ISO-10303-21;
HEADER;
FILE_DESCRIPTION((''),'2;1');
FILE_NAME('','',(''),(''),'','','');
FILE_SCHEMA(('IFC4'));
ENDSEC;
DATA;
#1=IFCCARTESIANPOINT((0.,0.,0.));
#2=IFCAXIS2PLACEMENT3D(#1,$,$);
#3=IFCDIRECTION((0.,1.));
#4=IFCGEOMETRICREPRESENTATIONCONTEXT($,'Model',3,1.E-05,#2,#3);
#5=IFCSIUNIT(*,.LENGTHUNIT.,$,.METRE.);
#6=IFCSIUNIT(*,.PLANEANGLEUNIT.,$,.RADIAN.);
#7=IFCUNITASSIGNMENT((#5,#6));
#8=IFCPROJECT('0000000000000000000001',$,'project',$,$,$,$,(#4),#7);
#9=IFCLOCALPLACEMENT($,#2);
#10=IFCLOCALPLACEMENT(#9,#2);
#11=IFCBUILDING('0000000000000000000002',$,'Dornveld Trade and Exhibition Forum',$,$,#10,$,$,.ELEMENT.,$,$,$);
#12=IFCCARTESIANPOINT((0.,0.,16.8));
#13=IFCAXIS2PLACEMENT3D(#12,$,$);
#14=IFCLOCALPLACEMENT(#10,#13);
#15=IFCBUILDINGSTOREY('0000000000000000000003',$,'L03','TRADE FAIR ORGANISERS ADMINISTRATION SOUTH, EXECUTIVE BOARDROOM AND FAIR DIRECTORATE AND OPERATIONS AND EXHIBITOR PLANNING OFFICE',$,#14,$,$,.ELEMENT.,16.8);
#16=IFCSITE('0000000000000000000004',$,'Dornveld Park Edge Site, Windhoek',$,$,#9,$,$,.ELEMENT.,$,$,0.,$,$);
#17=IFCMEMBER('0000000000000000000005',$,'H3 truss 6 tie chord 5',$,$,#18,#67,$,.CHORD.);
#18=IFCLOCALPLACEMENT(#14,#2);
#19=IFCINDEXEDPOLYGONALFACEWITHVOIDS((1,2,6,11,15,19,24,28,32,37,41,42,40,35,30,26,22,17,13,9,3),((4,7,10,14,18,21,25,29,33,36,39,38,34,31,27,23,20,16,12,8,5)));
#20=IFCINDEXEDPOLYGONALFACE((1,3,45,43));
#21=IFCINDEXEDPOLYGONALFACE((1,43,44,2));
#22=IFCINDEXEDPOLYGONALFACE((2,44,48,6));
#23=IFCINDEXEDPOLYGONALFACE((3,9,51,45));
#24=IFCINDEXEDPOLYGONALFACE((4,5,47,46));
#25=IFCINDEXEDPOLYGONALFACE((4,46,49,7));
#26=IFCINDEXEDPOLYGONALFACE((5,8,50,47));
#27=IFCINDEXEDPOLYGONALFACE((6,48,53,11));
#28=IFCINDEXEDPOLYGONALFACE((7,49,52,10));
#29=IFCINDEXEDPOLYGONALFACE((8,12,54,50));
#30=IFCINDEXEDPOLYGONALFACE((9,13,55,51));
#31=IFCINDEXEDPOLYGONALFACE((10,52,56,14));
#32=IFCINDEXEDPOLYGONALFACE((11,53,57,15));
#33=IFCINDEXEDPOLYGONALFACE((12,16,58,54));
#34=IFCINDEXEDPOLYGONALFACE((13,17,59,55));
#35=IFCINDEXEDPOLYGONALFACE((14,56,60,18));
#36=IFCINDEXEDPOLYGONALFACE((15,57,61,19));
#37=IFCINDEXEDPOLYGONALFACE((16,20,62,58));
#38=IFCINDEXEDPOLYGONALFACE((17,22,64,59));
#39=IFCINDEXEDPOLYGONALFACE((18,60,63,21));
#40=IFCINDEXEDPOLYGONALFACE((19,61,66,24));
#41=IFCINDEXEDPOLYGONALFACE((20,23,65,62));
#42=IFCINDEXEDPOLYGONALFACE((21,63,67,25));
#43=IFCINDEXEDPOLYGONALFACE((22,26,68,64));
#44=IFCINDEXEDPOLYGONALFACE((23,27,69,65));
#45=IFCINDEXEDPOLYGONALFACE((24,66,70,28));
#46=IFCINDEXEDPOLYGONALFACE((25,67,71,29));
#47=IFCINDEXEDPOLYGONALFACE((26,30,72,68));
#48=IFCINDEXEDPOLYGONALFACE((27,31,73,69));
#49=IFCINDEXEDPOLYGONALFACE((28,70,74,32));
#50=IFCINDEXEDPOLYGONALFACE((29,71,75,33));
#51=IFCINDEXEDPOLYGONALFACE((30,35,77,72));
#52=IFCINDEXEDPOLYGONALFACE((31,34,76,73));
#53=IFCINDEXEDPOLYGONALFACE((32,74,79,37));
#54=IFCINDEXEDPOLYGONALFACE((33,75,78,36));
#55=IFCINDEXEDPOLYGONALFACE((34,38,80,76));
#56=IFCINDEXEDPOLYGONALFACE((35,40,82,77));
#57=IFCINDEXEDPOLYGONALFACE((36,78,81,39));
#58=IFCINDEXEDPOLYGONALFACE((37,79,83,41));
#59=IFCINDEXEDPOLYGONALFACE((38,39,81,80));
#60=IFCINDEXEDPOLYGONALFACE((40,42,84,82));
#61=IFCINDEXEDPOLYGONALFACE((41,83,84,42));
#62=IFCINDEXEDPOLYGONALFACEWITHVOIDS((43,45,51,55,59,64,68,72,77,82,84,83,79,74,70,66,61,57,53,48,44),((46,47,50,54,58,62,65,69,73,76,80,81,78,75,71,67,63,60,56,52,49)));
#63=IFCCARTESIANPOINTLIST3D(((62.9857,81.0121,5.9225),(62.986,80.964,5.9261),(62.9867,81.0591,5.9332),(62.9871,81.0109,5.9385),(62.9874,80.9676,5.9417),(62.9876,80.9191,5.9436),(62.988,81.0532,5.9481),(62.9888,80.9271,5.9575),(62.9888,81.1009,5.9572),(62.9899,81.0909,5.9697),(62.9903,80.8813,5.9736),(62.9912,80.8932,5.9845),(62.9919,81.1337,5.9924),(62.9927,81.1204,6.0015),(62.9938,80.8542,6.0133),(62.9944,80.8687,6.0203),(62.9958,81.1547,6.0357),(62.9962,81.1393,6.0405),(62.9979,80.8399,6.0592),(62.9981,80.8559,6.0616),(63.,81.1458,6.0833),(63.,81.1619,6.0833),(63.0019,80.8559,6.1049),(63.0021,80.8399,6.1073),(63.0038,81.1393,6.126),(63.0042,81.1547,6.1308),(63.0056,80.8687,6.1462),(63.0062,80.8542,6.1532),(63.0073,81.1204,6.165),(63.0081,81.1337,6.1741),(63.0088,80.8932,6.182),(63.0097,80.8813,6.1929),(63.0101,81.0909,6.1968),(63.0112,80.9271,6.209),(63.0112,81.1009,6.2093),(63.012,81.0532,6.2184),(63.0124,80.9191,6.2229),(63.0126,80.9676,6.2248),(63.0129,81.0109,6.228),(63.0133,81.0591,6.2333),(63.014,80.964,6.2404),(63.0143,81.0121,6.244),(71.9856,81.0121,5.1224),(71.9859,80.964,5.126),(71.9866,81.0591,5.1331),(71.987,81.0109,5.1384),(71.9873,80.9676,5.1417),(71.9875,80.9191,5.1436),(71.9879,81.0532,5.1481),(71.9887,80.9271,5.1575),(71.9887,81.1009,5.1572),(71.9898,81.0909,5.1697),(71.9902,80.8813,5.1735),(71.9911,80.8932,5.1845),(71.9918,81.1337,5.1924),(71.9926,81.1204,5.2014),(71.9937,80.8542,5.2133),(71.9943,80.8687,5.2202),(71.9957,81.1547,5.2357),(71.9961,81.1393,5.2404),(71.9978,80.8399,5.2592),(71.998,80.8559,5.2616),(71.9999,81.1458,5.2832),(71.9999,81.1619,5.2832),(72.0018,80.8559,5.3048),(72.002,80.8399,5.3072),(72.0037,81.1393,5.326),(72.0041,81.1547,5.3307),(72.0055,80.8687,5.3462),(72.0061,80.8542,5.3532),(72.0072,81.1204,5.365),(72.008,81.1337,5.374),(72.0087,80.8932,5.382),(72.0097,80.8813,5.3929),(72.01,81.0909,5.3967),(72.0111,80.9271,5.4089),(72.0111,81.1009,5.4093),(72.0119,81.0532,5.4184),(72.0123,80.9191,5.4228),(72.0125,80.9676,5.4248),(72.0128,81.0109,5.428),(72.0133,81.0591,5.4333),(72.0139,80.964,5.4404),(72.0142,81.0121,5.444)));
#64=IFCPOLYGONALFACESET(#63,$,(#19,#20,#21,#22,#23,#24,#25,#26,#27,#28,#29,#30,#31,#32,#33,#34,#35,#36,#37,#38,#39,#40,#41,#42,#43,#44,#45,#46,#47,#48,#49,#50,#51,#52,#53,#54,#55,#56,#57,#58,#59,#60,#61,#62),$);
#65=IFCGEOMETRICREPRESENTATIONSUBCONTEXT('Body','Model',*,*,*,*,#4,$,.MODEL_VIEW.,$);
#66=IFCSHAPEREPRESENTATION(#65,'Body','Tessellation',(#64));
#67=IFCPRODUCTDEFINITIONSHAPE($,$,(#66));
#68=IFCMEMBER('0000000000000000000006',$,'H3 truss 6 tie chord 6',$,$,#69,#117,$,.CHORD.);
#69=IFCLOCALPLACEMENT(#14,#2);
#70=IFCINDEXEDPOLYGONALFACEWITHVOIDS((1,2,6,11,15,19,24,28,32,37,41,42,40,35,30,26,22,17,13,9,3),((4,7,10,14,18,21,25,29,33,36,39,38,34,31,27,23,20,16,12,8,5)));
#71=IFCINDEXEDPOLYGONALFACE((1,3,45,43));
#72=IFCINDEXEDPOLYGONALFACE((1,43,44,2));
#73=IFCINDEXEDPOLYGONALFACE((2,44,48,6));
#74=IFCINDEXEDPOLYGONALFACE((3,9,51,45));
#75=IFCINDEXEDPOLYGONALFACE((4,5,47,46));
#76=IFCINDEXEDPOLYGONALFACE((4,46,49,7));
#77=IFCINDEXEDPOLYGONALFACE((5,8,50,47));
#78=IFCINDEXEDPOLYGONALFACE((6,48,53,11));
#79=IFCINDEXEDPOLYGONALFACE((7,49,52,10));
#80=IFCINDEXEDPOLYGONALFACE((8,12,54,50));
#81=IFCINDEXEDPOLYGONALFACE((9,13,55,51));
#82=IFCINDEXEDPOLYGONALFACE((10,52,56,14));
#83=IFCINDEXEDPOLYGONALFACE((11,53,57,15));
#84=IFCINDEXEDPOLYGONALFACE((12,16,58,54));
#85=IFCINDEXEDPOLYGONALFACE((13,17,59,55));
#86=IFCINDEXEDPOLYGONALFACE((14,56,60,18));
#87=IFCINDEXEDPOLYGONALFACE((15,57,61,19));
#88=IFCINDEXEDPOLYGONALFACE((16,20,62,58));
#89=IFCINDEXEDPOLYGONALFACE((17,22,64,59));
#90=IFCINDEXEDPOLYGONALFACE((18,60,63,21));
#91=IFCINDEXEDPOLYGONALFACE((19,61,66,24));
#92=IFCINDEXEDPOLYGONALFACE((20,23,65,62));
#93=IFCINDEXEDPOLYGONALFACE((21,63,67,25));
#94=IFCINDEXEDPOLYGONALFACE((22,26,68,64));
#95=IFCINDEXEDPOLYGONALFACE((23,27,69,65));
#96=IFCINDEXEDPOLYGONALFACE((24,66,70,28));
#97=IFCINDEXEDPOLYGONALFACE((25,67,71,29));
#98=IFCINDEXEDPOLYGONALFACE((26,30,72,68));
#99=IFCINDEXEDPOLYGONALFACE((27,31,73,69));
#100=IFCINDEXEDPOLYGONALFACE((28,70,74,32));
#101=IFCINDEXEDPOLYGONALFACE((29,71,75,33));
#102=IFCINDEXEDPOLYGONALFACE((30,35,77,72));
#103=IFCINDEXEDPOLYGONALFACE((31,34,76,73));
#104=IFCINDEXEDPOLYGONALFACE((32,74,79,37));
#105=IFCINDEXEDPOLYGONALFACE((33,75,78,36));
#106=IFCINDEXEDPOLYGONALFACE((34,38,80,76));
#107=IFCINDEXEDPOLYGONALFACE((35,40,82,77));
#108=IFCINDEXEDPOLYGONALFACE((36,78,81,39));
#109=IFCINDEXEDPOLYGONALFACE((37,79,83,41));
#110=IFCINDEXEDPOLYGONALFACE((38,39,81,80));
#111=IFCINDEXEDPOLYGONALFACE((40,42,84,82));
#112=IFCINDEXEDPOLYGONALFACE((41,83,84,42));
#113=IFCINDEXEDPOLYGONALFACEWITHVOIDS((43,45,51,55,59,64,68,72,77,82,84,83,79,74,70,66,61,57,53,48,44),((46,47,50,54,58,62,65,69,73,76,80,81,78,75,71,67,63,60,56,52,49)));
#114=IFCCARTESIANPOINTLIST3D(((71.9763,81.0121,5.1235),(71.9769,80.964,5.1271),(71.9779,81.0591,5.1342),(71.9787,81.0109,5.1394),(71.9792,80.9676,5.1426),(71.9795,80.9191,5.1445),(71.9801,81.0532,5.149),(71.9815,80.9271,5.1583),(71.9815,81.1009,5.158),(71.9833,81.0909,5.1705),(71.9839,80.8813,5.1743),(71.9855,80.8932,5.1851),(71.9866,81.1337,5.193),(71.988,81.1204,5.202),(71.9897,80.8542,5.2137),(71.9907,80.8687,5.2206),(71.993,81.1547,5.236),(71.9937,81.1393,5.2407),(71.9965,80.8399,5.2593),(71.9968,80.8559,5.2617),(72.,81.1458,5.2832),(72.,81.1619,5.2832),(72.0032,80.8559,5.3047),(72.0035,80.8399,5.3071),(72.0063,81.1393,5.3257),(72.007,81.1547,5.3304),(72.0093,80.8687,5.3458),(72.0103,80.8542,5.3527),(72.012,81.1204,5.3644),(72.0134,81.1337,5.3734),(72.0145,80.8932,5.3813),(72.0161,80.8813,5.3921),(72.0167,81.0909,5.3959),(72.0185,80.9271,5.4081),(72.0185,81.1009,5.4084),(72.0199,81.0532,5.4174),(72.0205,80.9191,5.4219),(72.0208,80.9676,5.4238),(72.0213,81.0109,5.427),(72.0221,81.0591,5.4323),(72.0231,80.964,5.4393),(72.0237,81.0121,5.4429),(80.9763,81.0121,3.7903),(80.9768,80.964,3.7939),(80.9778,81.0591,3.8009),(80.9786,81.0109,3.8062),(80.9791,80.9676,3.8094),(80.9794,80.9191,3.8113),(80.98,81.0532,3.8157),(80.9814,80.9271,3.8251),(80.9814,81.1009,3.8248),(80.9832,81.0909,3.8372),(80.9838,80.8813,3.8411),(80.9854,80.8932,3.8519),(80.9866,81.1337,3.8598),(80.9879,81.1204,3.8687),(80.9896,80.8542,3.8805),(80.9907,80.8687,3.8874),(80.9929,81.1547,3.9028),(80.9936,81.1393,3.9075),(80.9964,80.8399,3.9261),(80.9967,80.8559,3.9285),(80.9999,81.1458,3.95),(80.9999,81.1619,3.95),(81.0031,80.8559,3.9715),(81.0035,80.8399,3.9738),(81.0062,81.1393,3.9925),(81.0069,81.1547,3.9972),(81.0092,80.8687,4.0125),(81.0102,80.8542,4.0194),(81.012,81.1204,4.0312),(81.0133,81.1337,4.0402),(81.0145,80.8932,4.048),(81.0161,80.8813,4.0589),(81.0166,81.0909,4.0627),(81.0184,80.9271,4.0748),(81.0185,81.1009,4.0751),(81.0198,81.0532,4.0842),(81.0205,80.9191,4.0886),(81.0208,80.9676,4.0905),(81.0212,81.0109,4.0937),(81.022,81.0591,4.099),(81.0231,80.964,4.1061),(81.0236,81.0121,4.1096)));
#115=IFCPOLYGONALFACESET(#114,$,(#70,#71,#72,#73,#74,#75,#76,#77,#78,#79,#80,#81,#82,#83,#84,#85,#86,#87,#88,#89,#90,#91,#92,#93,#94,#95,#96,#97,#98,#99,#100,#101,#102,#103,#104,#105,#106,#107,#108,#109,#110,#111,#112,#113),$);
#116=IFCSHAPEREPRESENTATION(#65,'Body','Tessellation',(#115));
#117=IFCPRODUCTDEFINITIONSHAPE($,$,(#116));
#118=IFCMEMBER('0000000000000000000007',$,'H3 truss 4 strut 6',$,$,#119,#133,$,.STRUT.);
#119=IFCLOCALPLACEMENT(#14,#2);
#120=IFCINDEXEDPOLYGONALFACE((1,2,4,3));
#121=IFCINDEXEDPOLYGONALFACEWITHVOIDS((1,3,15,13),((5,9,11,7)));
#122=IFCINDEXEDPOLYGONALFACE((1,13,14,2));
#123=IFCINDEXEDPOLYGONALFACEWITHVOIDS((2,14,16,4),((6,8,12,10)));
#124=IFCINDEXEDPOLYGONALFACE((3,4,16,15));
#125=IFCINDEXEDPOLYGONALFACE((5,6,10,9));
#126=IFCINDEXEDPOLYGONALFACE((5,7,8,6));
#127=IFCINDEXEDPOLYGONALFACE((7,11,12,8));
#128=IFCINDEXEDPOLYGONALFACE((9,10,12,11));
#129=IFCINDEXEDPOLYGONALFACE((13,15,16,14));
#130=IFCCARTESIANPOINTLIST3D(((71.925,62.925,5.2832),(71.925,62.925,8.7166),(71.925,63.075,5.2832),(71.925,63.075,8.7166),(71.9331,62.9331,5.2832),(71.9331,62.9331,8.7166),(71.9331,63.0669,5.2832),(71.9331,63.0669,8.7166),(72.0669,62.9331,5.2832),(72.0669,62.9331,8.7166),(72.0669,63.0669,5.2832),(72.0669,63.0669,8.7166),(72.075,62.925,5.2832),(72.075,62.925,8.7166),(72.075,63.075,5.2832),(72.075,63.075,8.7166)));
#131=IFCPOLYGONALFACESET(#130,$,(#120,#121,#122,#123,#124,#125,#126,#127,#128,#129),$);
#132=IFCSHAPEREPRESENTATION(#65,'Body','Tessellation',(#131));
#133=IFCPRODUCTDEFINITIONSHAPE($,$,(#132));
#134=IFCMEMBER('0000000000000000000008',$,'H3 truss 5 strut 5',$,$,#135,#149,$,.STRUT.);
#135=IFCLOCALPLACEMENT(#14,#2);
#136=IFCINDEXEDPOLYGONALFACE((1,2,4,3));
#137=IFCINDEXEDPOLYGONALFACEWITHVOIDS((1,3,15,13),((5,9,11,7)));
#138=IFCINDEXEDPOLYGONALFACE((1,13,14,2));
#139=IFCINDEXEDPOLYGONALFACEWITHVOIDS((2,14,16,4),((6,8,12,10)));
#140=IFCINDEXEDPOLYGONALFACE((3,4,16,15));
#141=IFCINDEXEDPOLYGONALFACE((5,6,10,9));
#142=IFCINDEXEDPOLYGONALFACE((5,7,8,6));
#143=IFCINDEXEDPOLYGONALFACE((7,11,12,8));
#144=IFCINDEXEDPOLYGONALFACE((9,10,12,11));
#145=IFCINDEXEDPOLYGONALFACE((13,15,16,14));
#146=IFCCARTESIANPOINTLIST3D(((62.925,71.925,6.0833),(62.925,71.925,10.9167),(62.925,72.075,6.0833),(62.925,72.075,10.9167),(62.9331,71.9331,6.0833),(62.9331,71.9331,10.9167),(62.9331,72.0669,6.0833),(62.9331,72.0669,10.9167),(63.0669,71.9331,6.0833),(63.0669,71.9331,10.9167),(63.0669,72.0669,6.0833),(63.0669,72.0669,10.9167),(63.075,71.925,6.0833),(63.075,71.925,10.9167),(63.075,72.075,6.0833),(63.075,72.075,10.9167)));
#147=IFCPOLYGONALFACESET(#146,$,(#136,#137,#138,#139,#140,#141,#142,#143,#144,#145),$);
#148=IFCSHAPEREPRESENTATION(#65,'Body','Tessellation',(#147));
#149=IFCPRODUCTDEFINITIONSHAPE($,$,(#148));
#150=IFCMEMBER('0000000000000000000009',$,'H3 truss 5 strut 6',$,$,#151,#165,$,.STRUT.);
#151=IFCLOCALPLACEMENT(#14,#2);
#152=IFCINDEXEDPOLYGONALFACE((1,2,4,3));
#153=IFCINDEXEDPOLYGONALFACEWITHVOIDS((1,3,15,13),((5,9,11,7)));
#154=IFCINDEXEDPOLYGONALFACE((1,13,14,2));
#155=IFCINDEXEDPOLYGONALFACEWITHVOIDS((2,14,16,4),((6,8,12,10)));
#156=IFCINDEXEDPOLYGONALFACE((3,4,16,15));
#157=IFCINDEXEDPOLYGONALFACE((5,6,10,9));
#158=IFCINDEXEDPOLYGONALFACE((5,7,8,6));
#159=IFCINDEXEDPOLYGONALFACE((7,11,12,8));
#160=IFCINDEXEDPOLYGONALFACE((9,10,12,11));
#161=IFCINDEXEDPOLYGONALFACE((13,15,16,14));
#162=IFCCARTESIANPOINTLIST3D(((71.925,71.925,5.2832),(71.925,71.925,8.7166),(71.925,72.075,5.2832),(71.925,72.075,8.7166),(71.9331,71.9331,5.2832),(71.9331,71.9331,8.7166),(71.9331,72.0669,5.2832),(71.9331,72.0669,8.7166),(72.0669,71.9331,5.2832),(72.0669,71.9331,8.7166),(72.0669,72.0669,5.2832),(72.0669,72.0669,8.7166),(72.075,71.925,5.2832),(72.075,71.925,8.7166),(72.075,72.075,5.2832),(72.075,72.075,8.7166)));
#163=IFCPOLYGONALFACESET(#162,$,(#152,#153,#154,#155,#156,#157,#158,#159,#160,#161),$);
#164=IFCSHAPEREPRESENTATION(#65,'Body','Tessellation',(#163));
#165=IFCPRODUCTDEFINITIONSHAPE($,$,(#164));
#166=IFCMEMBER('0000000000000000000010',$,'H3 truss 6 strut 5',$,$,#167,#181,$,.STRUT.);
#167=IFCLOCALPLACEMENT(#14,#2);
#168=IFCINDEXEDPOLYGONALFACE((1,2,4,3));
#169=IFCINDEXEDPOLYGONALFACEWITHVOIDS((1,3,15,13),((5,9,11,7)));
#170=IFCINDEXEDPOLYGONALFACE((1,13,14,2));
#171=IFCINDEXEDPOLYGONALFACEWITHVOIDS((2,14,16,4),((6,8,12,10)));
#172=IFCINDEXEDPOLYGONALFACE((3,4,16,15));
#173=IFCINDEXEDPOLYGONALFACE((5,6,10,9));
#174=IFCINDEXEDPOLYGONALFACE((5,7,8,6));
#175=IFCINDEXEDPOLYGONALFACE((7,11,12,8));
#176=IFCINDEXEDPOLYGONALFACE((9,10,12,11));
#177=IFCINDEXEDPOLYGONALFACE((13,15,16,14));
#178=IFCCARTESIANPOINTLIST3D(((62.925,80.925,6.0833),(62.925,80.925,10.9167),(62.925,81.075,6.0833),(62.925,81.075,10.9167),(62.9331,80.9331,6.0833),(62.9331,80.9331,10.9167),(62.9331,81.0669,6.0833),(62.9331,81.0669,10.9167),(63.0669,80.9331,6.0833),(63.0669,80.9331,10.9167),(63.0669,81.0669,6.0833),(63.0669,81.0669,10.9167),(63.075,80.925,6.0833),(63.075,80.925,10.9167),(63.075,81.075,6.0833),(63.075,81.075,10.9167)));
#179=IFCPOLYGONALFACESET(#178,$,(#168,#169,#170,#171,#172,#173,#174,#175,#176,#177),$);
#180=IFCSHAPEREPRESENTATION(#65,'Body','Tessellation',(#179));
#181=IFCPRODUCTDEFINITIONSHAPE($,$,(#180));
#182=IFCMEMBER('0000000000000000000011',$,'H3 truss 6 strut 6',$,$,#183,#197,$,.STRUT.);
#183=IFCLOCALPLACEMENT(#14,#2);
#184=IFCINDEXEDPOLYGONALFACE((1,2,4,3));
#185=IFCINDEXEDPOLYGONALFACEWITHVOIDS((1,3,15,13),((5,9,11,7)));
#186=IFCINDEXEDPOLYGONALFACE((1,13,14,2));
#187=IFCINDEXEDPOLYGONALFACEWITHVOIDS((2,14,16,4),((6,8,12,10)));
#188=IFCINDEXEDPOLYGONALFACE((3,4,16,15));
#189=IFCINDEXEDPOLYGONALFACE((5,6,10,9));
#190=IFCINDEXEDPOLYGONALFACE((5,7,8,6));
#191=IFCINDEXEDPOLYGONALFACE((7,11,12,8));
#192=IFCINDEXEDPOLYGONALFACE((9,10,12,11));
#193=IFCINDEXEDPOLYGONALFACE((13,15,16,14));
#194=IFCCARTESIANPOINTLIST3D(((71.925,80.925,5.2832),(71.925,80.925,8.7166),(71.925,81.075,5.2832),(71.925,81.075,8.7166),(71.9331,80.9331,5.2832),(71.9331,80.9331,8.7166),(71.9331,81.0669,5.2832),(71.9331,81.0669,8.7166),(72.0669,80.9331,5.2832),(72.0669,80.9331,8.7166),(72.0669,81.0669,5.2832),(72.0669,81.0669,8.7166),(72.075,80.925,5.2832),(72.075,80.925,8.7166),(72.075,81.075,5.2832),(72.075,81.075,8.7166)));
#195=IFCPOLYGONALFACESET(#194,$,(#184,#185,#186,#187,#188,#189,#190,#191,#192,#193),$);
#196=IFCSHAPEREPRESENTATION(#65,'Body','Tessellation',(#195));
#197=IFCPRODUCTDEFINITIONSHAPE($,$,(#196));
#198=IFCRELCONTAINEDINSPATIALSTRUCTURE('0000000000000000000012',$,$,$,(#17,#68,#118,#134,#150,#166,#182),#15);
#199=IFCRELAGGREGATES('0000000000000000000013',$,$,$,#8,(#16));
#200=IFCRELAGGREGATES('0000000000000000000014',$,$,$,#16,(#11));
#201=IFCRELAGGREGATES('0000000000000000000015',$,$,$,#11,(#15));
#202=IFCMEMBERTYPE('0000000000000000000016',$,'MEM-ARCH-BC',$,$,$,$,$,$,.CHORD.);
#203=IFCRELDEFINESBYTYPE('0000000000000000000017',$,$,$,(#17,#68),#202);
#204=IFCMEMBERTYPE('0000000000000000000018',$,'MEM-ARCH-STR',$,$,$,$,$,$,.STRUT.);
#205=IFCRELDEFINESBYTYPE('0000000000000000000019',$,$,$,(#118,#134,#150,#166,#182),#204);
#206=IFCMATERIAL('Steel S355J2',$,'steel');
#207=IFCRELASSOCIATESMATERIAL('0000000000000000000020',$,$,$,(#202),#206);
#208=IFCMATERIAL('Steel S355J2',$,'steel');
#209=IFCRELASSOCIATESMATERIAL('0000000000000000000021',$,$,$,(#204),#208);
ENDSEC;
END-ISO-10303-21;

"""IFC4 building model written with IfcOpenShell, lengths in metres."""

from ifc_helpers import new_model, si_unit, direction, frame, origin, origin_2d, place, context, subcontext, project, spatial, hollow_rectangle, hollow_circle, extrude, material, material_profile, profile_set, type_object, element, save


model = new_model("IFC4")

# Units and contexts
model_context = context("Model", 3, precision=1e-05, world=origin(), true_north=direction((0.0, 1.0)))
body_context = subcontext(model_context, "Body", "Model", "MODEL_VIEW")
ifc_project = project(units=[si_unit("LENGTHUNIT", "METRE"), si_unit("PLANEANGLEUNIT", "RADIAN")], contexts=[model_context])

# Site, building, storey
site_placement = place(None, origin())
site = spatial("IfcSite", under=ifc_project, at=site_placement, Name="Dornveld Park Edge Site, Windhoek", CompositionType="ELEMENT", RefElevation=0.0)
building_placement = place(site_placement, origin())
building = spatial("IfcBuilding", under=site, at=building_placement, Name="Dornveld Trade and Exhibition Forum", CompositionType="ELEMENT")
storey_placement = place(building_placement, frame((0.0, 0.0, 16.8)))
storey = spatial("IfcBuildingStorey", under=building, at=storey_placement, Name="L03", Description="TRADE FAIR ORGANISERS ADMINISTRATION SOUTH, EXECUTIVE BOARDROOM AND FAIR DIRECTORATE AND OPERATIONS AND EXHIBITOR PLANNING OFFICE", CompositionType="ELEMENT", Elevation=16.8)

# Members
ifc_material_1 = material(Name="Steel S355J2", Category="steel")
ifc_material_profile_1 = material_profile(ifc_material_1, hollow_circle(Radius=0.1619, WallThickness=0.0161, at=origin_2d()), Name="CHS 323.9x16")
ifc_profile_set_1 = profile_set([ifc_material_profile_1], Name="Steel S355J2")
member_type_1 = type_object("IfcMemberType", Name="MEM-ARCH-BC", PredefinedType="CHORD", material=ifc_profile_set_1)
member_1_placement = place(storey_placement, frame((63.0, 81.0, 6.0833), z_axis=(0.996072, 0.0, -0.088545), x_axis=(0.0, 1.0, 0.0)))
element("IfcMember", 1, at=member_1_placement, inside=storey, type_object=member_type_1, Name="H3 truss 6 tie chord 5", PredefinedType="CHORD", context=body_context, shape_type="SweptSolid", body=[
    extrude(hollow_circle(Radius=0.1619, WallThickness=0.0161, at=origin_2d()), origin(), (0.0, 0.0, 1.0), 9.0354),
])
member_2_placement = place(storey_placement, frame((72.0, 81.0, 5.2832), z_axis=(0.989205, 0.0, -0.14654), x_axis=(0.0, 1.0, 0.0)))
element("IfcMember", 2, at=member_2_placement, inside=storey, type_object=member_type_1, Name="H3 truss 6 tie chord 6", PredefinedType="CHORD", context=body_context, shape_type="SweptSolid", body=[
    extrude(hollow_circle(Radius=0.1619, WallThickness=0.0161, at=origin_2d()), origin(), (0.0, 0.0, 1.0), 9.0981),
])
ifc_material_2 = material(Name="Steel S355J2", Category="steel")
ifc_material_profile_2 = material_profile(ifc_material_2, hollow_rectangle(XDim=0.1499, YDim=0.1499, WallThickness=0.0081, at=origin_2d()), Name="SHS 150x150x8")
ifc_profile_set_2 = profile_set([ifc_material_profile_2], Name="Steel S355J2")
member_type_2 = type_object("IfcMemberType", Name="MEM-ARCH-STR", PredefinedType="STRUT", material=ifc_profile_set_2)
member_3_placement = place(storey_placement, frame((72.0, 63.0, 5.2832), z_axis=(0.0, 0.0, 1.0), x_axis=(1.0, 0.0, 0.0)))
element("IfcMember", 3, at=member_3_placement, inside=storey, type_object=member_type_2, Name="H3 truss 4 strut 6", PredefinedType="STRUT", context=body_context, shape_type="SweptSolid", body=[
    extrude(hollow_rectangle(XDim=0.1499, YDim=0.1499, WallThickness=0.0081, at=origin_2d()), origin(), (0.0, 0.0, 1.0), 3.4333),
])
member_4_placement = place(storey_placement, frame((63.0, 72.0, 6.0833), z_axis=(0.0, 0.0, 1.0), x_axis=(1.0, 0.0, 0.0)))
element("IfcMember", 4, at=member_4_placement, inside=storey, type_object=member_type_2, Name="H3 truss 5 strut 5", PredefinedType="STRUT", context=body_context, shape_type="SweptSolid", body=[
    extrude(hollow_rectangle(XDim=0.1499, YDim=0.1499, WallThickness=0.0081, at=origin_2d()), origin(), (0.0, 0.0, 1.0), 4.8335),
])
member_5_placement = place(storey_placement, frame((72.0, 72.0, 5.2832), z_axis=(0.0, 0.0, 1.0), x_axis=(1.0, 0.0, 0.0)))
element("IfcMember", 5, at=member_5_placement, inside=storey, type_object=member_type_2, Name="H3 truss 5 strut 6", PredefinedType="STRUT", context=body_context, shape_type="SweptSolid", body=[
    extrude(hollow_rectangle(XDim=0.1499, YDim=0.1499, WallThickness=0.0081, at=origin_2d()), origin(), (0.0, 0.0, 1.0), 3.4333),
])
member_6_placement = place(storey_placement, frame((63.0, 81.0, 6.0833), z_axis=(0.0, 0.0, 1.0), x_axis=(1.0, 0.0, 0.0)))
element("IfcMember", 6, at=member_6_placement, inside=storey, type_object=member_type_2, Name="H3 truss 6 strut 5", PredefinedType="STRUT", context=body_context, shape_type="SweptSolid", body=[
    extrude(hollow_rectangle(XDim=0.1499, YDim=0.1499, WallThickness=0.0081, at=origin_2d()), origin(), (0.0, 0.0, 1.0), 4.8335),
])
member_7_placement = place(storey_placement, frame((72.0, 81.0, 5.2832), z_axis=(0.0, 0.0, 1.0), x_axis=(1.0, 0.0, 0.0)))
element("IfcMember", 7, at=member_7_placement, inside=storey, type_object=member_type_2, Name="H3 truss 6 strut 6", PredefinedType="STRUT", context=body_context, shape_type="SweptSolid", body=[
    extrude(hollow_rectangle(XDim=0.1499, YDim=0.1499, WallThickness=0.0081, at=origin_2d()), origin(), (0.0, 0.0, 1.0), 3.4333),
])

save(model, "model.ifc")
